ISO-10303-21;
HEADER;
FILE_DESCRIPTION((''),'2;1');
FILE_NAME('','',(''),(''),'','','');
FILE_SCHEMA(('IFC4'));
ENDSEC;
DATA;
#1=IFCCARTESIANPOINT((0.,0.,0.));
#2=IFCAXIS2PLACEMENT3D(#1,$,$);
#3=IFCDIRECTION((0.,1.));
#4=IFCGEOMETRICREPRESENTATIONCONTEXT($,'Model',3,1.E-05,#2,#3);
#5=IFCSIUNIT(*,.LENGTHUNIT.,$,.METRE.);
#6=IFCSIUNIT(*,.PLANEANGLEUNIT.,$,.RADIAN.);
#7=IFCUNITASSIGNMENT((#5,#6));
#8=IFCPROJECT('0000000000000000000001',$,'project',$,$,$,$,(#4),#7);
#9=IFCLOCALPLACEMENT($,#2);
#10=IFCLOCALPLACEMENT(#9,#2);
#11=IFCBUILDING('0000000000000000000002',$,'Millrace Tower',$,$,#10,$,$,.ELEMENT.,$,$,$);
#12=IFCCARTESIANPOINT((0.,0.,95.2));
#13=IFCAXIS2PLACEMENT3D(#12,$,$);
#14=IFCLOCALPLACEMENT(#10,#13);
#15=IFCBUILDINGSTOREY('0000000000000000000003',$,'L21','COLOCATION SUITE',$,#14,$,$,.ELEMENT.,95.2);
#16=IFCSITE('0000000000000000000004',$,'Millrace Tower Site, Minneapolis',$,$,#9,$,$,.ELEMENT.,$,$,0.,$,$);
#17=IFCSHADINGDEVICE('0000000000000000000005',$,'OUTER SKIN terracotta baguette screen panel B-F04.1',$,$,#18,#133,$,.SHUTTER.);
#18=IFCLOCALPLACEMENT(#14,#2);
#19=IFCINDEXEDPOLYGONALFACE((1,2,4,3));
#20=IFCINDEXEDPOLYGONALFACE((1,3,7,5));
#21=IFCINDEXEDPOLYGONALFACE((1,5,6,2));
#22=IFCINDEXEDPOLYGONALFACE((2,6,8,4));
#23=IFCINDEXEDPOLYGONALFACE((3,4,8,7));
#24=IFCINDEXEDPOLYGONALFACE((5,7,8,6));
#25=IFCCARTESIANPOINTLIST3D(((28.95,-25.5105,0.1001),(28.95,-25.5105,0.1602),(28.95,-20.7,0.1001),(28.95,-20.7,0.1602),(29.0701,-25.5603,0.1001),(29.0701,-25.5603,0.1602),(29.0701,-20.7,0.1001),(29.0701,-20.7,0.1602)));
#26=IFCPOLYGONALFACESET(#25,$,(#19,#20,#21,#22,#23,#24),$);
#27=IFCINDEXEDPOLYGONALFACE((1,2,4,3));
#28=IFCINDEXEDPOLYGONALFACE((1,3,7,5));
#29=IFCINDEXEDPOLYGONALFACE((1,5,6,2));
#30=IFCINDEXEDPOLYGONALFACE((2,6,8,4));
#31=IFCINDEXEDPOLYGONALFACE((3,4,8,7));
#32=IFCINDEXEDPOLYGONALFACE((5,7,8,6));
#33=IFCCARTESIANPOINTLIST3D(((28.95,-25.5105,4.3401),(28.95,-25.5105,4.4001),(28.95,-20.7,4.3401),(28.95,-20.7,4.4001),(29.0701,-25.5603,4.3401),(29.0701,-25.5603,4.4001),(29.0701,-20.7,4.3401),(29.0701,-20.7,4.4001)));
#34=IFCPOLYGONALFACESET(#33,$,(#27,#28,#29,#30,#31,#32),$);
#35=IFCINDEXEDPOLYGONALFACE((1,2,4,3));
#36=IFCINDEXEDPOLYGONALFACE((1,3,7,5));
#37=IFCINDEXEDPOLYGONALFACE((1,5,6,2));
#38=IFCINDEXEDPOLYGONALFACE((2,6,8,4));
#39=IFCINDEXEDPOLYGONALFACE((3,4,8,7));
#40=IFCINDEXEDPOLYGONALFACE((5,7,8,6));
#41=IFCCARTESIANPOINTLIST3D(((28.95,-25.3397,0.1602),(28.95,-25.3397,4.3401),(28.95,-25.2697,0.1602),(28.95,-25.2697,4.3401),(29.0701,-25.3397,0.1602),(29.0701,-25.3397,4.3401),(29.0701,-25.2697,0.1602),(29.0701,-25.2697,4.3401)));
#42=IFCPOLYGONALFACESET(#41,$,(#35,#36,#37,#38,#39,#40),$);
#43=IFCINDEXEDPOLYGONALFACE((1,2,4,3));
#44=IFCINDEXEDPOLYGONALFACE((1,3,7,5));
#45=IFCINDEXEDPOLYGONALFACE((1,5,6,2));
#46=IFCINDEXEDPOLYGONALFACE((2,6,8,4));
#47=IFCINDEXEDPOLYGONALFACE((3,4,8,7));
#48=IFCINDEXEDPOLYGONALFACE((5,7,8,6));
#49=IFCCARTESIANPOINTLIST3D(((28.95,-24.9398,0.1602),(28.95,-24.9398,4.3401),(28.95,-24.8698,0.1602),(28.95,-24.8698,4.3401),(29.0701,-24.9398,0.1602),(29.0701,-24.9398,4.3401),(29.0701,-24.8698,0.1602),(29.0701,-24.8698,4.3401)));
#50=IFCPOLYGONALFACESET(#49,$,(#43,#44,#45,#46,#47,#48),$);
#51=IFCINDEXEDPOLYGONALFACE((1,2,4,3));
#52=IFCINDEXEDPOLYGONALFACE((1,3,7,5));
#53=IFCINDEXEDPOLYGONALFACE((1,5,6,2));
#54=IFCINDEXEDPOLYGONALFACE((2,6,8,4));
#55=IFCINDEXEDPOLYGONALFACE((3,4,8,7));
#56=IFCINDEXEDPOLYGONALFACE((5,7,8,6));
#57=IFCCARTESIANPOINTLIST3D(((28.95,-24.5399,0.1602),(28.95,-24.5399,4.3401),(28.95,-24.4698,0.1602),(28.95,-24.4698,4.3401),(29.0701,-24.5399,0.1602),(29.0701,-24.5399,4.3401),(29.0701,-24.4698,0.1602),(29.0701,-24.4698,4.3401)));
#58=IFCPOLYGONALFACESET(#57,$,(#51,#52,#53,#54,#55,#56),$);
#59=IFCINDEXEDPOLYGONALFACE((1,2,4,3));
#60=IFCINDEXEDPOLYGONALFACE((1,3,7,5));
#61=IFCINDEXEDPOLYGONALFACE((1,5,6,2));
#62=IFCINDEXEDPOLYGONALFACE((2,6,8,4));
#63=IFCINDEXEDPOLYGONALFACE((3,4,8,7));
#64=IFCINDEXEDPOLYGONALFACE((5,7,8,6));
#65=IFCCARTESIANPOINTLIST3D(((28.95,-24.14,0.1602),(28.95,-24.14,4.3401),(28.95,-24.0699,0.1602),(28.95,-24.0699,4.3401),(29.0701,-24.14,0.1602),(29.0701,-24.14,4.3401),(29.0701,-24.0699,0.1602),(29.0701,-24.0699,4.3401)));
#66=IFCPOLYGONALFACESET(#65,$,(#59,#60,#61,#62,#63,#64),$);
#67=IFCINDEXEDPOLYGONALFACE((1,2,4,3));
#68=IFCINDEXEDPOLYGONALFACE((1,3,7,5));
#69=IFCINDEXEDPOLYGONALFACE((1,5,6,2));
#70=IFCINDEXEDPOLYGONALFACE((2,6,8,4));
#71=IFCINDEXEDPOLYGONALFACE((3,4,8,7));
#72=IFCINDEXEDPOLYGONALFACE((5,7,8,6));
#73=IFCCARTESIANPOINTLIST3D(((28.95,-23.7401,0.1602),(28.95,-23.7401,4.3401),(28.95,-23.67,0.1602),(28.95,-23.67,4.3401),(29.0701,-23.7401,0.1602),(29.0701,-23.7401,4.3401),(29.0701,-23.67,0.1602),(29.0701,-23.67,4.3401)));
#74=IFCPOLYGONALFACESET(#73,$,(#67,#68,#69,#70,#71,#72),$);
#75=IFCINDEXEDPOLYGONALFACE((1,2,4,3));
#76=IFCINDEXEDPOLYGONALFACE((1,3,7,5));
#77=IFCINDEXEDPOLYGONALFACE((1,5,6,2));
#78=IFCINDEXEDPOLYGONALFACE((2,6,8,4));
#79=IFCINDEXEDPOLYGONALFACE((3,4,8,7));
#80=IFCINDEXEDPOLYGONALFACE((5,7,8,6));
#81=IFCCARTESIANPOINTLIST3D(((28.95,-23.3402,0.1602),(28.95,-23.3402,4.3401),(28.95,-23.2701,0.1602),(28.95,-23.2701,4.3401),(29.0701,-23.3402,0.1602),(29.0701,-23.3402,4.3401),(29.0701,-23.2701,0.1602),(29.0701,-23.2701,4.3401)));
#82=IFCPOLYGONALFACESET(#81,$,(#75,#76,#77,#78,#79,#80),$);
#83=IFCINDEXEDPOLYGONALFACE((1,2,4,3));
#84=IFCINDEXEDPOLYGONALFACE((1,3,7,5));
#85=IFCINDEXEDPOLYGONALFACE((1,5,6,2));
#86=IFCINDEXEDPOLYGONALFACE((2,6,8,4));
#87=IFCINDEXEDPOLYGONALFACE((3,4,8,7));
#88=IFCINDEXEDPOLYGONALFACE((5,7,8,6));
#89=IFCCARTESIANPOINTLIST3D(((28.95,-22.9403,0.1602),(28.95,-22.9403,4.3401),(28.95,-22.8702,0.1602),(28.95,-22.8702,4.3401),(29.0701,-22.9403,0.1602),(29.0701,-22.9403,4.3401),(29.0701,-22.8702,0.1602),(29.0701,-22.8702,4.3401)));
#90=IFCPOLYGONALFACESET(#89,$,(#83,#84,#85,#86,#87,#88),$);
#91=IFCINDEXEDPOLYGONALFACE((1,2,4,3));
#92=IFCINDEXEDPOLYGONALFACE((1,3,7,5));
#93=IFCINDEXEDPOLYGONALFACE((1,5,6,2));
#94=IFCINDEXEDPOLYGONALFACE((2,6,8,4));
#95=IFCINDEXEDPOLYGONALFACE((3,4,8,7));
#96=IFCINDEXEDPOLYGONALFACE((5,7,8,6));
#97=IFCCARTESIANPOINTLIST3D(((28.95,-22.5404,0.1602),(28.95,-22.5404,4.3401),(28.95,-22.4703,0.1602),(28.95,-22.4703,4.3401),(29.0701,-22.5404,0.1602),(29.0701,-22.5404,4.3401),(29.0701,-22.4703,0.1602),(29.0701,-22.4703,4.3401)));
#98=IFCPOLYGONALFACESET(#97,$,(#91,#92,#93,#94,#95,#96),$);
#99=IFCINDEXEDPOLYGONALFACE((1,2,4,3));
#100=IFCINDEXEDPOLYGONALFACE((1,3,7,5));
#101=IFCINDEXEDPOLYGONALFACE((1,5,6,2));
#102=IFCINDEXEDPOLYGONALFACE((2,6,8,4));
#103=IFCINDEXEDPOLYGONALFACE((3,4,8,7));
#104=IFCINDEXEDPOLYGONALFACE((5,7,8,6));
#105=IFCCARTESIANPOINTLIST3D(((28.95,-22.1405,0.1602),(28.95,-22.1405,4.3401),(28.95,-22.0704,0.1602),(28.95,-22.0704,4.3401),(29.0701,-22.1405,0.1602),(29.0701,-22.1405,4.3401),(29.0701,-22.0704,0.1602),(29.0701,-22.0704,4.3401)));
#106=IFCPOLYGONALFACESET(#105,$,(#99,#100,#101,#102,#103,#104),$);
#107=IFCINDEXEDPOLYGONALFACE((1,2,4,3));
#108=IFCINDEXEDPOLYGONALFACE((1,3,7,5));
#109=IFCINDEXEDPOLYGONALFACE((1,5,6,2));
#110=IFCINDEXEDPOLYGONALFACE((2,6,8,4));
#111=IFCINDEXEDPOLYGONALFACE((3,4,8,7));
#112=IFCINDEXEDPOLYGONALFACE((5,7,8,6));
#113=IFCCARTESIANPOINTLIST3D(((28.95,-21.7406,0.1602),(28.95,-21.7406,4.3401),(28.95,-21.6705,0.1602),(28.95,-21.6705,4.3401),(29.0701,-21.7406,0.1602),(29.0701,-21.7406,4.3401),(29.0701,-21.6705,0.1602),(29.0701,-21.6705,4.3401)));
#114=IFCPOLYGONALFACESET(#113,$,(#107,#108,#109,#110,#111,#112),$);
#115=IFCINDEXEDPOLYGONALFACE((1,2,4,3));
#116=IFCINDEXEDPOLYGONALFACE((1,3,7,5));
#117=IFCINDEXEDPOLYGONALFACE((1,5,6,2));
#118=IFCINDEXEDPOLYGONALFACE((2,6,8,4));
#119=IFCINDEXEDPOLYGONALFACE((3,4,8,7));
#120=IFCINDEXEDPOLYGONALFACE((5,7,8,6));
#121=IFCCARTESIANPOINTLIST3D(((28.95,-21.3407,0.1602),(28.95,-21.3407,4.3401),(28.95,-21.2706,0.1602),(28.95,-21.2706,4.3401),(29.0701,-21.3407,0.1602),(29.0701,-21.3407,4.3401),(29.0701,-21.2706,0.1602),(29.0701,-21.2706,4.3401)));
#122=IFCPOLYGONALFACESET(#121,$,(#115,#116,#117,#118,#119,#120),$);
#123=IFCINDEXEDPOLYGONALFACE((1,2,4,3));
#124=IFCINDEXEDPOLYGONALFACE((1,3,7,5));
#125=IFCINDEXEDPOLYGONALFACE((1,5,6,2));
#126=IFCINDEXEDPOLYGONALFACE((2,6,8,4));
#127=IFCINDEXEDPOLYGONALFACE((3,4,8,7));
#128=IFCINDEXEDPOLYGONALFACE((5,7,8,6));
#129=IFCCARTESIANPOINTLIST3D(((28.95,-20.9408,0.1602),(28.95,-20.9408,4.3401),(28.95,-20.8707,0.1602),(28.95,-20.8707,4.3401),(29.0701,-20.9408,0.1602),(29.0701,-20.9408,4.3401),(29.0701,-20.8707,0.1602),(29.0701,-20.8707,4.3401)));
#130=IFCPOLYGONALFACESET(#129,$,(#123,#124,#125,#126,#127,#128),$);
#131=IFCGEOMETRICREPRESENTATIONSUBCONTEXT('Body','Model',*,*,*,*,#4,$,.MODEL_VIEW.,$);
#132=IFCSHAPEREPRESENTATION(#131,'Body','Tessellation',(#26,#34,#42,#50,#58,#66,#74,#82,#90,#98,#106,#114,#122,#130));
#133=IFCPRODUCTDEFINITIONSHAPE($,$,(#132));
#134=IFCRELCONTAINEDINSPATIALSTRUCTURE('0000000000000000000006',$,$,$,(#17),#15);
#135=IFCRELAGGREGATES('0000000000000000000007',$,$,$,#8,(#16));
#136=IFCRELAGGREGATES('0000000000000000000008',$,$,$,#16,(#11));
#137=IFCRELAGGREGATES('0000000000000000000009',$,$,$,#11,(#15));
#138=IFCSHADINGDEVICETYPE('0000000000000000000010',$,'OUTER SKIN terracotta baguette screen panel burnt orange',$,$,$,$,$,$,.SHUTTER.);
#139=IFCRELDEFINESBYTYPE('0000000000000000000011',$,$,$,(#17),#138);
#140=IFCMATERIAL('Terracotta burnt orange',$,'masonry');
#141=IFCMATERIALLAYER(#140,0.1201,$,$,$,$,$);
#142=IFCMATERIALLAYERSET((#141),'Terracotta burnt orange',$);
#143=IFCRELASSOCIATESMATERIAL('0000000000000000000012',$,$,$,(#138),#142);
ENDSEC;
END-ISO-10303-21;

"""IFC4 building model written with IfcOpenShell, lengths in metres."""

from ifc_helpers import new_model, entity, si_unit, direction, frame, frame_2d, origin, place, context, subcontext, project, spatial, rectangle, extrude, source, transform, mapped, material, layer, layer_set, type_object, element, save


model = new_model("IFC4")

# Units and contexts
model_context = context("Model", 3, precision=1e-05, world=origin(), true_north=direction((0.0, 1.0)))
body_context = subcontext(model_context, "Body", "Model", "MODEL_VIEW")
ifc_project = project(units=[si_unit("LENGTHUNIT", "METRE"), si_unit("PLANEANGLEUNIT", "RADIAN")], contexts=[model_context])

# Site, building, storey
site_placement = place(None, origin())
site = spatial("IfcSite", under=ifc_project, at=site_placement, Name="Millrace Tower Site, Minneapolis", CompositionType="ELEMENT", RefElevation=0.0)
building_placement = place(site_placement, origin())
building = spatial("IfcBuilding", under=site, at=building_placement, Name="Millrace Tower", CompositionType="ELEMENT")
storey_placement = place(building_placement, frame((0.0, 0.0, 95.2)))
storey = spatial("IfcBuildingStorey", under=building, at=storey_placement, Name="L21", Description="COLOCATION SUITE", CompositionType="ELEMENT", Elevation=95.2)

# Shading device
ifc_material_1 = material(Name="Terracotta burnt orange", Category="masonry")
ifc_layer_1 = layer(ifc_material_1, 0.1201)
ifc_layer_set_1 = layer_set([ifc_layer_1], Name="Terracotta burnt orange")
shading_device_type = type_object("IfcShadingDeviceType", Name="OUTER SKIN terracotta baguette screen panel burnt orange", PredefinedType="SHUTTER", material=ifc_layer_set_1)
cartesian_point_1 = entity("IfcCartesianPoint", [-2.3928, 0.0601])
shared_polyline_1 = entity("IfcPolyline", [cartesian_point_1, entity("IfcCartesianPoint", [2.4177, 0.0601]), entity("IfcCartesianPoint", [2.4177, -0.0601]), entity("IfcCartesianPoint", [-2.4426, -0.0601]), cartesian_point_1])
shared_shape_1 = source(origin(), body_context, "Body", "SweptSolid", [
    entity("IfcExtrudedAreaSolid", entity("IfcArbitraryClosedProfileDef", "AREA", None, shared_polyline_1), entity("IfcAxis2Placement3D", entity("IfcCartesianPoint", [0.0, 0.0, 0.0])), entity("IfcDirection", [0.0, 0.0, 1.0]), 0.0601),
    entity("IfcExtrudedAreaSolid", entity("IfcArbitraryClosedProfileDef", "AREA", None, shared_polyline_1), entity("IfcAxis2Placement3D", entity("IfcCartesianPoint", [0.0, 0.0, 4.24])), entity("IfcDirection", [0.0, 0.0, 1.0]), 0.0601),
    extrude(rectangle(XDim=0.0701, YDim=0.1201, at=frame_2d((-2.187, 0.0))), frame((0.0, 0.0, 0.0601)), (0.0, 0.0, 1.0), 4.1799),
    extrude(rectangle(XDim=0.0701, YDim=0.1201, at=frame_2d((-1.7871, 0.0))), frame((0.0, 0.0, 0.0601)), (0.0, 0.0, 1.0), 4.1799),
    extrude(rectangle(XDim=0.0701, YDim=0.1201, at=frame_2d((-1.3872, 0.0))), frame((0.0, 0.0, 0.0601)), (0.0, 0.0, 1.0), 4.1799),
    extrude(rectangle(XDim=0.0701, YDim=0.1201, at=frame_2d((-0.9873, 0.0))), frame((0.0, 0.0, 0.0601)), (0.0, 0.0, 1.0), 4.1799),
    extrude(rectangle(XDim=0.0701, YDim=0.1201, at=frame_2d((-0.5874, 0.0))), frame((0.0, 0.0, 0.0601)), (0.0, 0.0, 1.0), 4.1799),
    extrude(rectangle(XDim=0.0701, YDim=0.1201, at=frame_2d((-0.1875, 0.0))), frame((0.0, 0.0, 0.0601)), (0.0, 0.0, 1.0), 4.1799),
    extrude(rectangle(XDim=0.0701, YDim=0.1201, at=frame_2d((0.2124, 0.0))), frame((0.0, 0.0, 0.0601)), (0.0, 0.0, 1.0), 4.1799),
    extrude(rectangle(XDim=0.0701, YDim=0.1201, at=frame_2d((0.6123, 0.0))), frame((0.0, 0.0, 0.0601)), (0.0, 0.0, 1.0), 4.1799),
    extrude(rectangle(XDim=0.0701, YDim=0.1201, at=frame_2d((1.0122, 0.0))), frame((0.0, 0.0, 0.0601)), (0.0, 0.0, 1.0), 4.1799),
    extrude(rectangle(XDim=0.0701, YDim=0.1201, at=frame_2d((1.4121, 0.0))), frame((0.0, 0.0, 0.0601)), (0.0, 0.0, 1.0), 4.1799),
    extrude(rectangle(XDim=0.0701, YDim=0.1201, at=frame_2d((1.812, 0.0))), frame((0.0, 0.0, 0.0601)), (0.0, 0.0, 1.0), 4.1799),
    extrude(rectangle(XDim=0.0701, YDim=0.1201, at=frame_2d((2.2119, 0.0))), frame((0.0, 0.0, 0.0601)), (0.0, 0.0, 1.0), 4.1799),
])
shading_device_1_placement = place(storey_placement, frame((29.01, -23.1177, 0.1001), z_axis=(0.0, 0.0, 1.0), x_axis=(0.0, 1.0, 0.0)))
element("IfcShadingDevice", 1, at=shading_device_1_placement, inside=storey, type_object=shading_device_type, Name="OUTER SKIN terracotta baguette screen panel B-F04.1", PredefinedType="SHUTTER", context=body_context, shape_type="MappedRepresentation", body=[
    mapped(shared_shape_1, transform((0.0, 0.0, 0.0), scale=1.0)),
])

save(model, "model.ifc")
